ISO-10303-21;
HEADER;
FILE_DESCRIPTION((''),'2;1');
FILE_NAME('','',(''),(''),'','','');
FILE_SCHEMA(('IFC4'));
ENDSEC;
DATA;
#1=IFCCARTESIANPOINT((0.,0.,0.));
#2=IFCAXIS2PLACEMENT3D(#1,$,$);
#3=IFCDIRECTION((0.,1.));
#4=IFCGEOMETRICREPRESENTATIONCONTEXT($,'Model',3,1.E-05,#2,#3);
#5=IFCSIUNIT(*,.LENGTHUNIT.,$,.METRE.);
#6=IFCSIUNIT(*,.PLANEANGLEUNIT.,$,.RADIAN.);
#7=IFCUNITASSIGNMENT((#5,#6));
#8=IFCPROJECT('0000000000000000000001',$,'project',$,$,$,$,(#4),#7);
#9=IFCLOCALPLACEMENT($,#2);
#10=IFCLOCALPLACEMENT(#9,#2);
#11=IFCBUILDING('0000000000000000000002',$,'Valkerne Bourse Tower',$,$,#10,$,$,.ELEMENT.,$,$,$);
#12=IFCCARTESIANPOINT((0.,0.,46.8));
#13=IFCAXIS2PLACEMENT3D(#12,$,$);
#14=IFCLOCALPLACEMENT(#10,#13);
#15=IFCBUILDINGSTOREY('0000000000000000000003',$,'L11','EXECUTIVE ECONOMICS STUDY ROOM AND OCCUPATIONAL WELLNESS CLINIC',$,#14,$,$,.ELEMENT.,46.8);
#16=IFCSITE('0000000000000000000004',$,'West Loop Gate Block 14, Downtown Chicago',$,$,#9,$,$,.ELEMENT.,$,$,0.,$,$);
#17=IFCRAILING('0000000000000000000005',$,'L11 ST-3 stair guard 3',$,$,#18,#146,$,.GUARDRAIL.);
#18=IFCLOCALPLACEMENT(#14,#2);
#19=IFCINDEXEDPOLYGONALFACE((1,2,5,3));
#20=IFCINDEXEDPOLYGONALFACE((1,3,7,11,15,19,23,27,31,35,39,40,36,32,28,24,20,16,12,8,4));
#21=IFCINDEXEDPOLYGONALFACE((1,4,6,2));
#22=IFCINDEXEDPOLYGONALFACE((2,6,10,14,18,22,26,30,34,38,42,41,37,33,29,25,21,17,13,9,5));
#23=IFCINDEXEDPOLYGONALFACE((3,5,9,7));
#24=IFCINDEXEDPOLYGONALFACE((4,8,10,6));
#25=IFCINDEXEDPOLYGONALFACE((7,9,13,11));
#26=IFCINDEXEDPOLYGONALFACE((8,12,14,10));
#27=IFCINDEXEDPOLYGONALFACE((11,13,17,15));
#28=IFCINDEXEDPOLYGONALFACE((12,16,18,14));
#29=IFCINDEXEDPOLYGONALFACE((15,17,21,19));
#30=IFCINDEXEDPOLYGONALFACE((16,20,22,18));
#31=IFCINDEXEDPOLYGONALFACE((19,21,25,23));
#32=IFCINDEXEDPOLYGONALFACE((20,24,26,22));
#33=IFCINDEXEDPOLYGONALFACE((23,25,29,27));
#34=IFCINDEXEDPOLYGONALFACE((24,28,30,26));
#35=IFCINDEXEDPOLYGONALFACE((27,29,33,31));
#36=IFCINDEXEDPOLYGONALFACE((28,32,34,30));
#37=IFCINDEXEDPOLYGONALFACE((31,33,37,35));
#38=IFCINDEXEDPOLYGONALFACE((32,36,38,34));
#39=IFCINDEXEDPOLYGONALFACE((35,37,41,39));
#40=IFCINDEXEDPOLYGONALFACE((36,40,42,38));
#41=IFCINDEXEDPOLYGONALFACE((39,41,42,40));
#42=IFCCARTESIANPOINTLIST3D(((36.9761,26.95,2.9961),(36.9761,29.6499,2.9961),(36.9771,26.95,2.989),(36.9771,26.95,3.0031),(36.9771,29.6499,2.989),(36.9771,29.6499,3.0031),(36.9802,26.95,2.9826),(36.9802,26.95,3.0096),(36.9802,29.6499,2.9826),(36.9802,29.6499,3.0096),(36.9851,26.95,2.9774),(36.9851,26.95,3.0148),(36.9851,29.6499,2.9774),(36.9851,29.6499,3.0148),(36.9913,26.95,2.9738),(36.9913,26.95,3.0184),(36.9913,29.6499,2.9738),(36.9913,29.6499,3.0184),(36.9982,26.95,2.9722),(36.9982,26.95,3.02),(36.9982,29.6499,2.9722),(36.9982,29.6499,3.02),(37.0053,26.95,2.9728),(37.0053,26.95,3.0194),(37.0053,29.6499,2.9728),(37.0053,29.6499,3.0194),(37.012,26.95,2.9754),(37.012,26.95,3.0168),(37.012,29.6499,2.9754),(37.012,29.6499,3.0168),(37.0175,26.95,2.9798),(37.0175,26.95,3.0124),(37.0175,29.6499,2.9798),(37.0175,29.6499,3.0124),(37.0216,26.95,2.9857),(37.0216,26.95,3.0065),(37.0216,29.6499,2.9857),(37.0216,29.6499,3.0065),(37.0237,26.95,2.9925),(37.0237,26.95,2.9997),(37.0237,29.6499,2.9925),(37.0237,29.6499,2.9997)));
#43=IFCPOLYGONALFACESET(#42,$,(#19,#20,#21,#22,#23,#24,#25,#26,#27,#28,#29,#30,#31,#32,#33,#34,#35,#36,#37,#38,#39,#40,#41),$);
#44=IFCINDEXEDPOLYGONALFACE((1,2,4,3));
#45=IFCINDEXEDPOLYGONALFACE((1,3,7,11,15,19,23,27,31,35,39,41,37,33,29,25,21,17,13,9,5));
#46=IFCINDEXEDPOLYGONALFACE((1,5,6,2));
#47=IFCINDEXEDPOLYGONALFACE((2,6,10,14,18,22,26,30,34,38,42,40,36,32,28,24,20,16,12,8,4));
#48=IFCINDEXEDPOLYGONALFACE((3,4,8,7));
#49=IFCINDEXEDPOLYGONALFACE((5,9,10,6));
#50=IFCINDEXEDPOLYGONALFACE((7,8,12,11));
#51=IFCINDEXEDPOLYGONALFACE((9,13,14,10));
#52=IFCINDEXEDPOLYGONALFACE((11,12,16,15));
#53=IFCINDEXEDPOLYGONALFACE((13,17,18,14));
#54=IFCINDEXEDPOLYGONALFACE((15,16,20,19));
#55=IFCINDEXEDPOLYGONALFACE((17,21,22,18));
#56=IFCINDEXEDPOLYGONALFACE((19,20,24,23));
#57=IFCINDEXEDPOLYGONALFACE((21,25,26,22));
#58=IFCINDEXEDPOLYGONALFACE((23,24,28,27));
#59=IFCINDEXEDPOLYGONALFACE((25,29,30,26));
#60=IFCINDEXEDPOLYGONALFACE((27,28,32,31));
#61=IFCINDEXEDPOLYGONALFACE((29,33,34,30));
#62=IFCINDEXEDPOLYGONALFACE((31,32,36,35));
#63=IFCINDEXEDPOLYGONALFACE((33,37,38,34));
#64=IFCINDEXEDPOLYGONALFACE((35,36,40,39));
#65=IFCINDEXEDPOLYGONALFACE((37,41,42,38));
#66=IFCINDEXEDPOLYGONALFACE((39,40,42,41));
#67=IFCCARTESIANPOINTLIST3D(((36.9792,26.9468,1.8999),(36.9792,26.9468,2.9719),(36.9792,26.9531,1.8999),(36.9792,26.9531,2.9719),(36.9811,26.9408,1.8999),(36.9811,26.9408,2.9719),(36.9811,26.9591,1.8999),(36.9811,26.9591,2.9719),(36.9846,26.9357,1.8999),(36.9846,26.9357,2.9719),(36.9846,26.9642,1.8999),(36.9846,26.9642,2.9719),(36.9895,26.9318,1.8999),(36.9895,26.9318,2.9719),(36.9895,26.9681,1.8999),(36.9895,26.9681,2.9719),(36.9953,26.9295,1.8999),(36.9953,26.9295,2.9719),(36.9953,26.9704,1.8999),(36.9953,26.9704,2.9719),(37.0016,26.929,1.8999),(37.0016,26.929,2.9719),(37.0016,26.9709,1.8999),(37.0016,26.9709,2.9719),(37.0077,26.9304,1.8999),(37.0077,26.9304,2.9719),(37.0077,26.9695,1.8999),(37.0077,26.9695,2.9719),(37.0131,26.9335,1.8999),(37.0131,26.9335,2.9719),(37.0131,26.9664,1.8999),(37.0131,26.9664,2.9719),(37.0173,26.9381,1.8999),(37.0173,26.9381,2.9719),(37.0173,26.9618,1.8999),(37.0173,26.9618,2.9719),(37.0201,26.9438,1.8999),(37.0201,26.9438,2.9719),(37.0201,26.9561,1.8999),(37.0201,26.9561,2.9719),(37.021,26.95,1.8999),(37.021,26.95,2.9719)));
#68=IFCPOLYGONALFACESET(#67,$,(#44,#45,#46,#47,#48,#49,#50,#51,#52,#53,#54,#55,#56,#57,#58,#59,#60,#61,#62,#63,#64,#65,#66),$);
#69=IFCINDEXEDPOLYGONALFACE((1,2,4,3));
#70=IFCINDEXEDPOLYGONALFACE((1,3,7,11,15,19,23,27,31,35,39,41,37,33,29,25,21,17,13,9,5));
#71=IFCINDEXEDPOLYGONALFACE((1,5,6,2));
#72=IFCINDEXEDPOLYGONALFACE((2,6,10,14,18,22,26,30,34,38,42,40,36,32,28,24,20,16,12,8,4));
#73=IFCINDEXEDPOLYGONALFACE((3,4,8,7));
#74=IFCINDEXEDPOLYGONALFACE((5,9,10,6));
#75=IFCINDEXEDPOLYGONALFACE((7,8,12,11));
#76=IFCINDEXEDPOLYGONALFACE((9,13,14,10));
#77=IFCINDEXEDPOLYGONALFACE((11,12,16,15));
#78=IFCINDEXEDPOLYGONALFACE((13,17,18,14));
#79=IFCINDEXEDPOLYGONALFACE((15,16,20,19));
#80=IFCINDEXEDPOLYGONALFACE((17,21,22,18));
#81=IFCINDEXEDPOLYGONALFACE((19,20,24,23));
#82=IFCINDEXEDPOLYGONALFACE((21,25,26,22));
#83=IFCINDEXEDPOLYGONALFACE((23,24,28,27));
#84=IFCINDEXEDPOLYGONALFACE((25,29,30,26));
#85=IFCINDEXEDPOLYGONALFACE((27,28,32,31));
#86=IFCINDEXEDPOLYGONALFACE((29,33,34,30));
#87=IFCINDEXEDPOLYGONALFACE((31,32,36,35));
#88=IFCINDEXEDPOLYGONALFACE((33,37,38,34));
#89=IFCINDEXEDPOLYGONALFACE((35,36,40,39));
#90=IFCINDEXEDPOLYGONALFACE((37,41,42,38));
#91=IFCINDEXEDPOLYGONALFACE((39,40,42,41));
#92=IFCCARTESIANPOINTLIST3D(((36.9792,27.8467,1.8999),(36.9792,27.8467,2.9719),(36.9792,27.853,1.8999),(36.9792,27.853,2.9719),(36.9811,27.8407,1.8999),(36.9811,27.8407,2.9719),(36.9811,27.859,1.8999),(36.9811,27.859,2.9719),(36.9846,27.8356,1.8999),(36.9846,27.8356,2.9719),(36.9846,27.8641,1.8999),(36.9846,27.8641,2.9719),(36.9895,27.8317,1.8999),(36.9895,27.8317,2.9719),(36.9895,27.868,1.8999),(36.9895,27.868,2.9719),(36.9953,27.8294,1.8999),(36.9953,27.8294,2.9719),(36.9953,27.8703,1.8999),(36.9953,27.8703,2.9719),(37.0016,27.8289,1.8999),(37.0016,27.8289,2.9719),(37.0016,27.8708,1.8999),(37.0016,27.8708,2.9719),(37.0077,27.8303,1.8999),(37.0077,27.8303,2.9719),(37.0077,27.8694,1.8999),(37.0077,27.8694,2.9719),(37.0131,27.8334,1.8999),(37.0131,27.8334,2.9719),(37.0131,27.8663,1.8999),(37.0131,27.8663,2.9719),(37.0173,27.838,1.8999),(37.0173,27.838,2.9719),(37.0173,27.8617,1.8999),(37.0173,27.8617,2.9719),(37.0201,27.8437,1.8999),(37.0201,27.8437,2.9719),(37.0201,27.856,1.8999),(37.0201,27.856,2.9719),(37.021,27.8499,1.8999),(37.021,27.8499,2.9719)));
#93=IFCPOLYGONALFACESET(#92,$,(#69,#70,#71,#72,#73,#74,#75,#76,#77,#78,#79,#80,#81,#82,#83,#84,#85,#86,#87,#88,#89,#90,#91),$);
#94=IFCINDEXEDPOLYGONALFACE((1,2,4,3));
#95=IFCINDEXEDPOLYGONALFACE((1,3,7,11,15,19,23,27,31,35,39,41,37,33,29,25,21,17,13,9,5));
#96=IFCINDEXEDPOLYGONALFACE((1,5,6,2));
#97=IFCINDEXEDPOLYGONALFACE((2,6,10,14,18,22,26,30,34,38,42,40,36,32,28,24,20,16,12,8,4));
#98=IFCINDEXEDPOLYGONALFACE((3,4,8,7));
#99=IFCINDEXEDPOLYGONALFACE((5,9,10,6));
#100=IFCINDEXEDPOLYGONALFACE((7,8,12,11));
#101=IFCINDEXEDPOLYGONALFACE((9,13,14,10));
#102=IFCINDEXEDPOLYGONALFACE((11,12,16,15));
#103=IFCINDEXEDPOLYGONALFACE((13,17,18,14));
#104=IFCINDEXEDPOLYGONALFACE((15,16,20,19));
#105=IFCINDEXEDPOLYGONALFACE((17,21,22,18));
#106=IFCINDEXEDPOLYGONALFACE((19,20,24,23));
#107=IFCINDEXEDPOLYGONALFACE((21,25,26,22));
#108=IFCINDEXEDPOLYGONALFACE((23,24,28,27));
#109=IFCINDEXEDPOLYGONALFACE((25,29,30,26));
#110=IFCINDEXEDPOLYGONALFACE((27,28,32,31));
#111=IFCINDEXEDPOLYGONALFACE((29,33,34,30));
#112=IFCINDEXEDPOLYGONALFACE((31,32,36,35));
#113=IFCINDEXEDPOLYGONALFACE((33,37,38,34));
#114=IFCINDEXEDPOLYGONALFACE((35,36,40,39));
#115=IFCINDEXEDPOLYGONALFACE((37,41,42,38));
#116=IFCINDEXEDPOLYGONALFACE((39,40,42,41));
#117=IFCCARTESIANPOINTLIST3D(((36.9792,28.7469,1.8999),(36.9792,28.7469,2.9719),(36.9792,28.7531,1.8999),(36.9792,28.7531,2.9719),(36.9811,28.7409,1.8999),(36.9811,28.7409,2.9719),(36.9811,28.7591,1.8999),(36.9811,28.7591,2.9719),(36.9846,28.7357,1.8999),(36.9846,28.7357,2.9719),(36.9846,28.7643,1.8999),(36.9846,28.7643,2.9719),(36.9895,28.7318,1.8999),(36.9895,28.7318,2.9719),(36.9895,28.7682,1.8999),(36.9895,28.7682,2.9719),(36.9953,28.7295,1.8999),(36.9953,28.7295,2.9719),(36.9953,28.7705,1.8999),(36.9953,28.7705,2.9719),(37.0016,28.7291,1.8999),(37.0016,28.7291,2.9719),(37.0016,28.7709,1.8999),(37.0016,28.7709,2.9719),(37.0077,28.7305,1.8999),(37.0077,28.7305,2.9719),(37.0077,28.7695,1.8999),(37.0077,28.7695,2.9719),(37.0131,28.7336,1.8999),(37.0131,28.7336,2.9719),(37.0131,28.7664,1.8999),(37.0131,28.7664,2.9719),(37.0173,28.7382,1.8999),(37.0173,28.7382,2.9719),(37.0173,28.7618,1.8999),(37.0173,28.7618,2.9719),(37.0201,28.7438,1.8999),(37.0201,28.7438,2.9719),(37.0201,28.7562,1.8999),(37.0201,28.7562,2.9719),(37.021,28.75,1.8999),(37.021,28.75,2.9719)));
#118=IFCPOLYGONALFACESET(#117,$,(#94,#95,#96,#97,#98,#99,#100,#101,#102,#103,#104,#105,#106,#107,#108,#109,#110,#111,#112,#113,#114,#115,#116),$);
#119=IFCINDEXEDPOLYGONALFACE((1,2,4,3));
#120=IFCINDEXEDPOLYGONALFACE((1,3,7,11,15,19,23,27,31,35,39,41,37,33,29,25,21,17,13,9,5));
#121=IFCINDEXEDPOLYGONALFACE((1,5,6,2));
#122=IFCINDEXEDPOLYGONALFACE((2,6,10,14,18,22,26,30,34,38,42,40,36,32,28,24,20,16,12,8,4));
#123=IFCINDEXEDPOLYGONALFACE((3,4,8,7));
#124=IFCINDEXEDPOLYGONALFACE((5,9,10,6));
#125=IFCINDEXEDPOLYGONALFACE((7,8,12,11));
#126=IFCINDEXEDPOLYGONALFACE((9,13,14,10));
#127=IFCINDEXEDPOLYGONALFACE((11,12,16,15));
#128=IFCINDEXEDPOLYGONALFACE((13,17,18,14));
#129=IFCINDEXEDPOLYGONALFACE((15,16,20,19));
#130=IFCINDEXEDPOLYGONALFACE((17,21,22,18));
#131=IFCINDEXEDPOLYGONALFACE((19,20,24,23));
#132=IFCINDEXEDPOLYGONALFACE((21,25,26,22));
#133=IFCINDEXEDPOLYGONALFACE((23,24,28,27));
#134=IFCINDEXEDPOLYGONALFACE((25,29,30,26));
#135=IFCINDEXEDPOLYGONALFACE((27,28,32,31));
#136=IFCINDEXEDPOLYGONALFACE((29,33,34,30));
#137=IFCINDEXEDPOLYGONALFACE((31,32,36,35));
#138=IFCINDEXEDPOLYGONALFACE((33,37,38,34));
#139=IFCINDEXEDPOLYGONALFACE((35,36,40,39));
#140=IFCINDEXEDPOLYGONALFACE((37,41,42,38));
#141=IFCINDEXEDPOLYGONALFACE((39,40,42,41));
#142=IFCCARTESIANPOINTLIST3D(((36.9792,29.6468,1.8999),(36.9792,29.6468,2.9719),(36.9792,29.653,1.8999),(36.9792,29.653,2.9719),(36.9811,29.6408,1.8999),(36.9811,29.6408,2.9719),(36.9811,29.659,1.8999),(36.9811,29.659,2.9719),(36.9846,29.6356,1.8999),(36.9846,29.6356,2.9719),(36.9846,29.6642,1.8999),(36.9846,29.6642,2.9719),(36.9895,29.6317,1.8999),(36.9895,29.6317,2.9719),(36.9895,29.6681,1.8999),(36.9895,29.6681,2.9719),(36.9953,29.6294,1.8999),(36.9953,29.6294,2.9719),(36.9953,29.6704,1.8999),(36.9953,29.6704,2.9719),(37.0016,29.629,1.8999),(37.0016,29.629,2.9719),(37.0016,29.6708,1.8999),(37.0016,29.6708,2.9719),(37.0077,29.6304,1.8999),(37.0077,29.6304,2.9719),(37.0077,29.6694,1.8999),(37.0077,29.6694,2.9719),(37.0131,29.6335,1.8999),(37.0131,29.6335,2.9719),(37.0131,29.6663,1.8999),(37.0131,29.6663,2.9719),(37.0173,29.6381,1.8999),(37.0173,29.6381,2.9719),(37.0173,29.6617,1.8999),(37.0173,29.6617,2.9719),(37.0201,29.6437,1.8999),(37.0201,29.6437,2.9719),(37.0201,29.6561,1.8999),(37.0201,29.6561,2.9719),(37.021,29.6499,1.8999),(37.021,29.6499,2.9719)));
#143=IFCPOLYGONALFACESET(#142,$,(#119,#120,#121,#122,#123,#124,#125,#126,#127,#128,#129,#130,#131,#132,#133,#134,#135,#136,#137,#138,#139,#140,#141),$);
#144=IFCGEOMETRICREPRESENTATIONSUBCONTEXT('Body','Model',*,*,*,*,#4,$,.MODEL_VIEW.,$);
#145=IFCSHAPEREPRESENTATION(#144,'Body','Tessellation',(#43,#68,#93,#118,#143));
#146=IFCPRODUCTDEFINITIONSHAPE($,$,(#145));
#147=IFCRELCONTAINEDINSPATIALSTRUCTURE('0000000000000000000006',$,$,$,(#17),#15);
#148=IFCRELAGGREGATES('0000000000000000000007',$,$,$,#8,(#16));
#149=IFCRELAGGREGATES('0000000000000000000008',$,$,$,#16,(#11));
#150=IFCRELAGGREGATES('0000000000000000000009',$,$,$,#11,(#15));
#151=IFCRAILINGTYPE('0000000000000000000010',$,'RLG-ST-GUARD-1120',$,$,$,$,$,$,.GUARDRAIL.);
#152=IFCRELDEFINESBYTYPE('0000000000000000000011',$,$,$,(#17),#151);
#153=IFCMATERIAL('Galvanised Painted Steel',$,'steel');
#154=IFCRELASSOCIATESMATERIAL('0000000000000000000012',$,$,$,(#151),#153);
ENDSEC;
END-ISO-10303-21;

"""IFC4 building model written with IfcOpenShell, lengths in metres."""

from ifc_helpers import new_model, si_unit, direction, frame, origin, origin_2d, place, context, subcontext, project, spatial, circle, extrude, material, type_object, element, save


model = new_model("IFC4")

# Units and contexts
model_context = context("Model", 3, precision=1e-05, world=origin(), true_north=direction((0.0, 1.0)))
body_context = subcontext(model_context, "Body", "Model", "MODEL_VIEW")
ifc_project = project(units=[si_unit("LENGTHUNIT", "METRE"), si_unit("PLANEANGLEUNIT", "RADIAN")], contexts=[model_context])

# Site, building, storey
site_placement = place(None, origin())
site = spatial("IfcSite", under=ifc_project, at=site_placement, Name="West Loop Gate Block 14, Downtown Chicago", CompositionType="ELEMENT", RefElevation=0.0)
building_placement = place(site_placement, origin())
building = spatial("IfcBuilding", under=site, at=building_placement, Name="Valkerne Bourse Tower", CompositionType="ELEMENT")
storey_placement = place(building_placement, frame((0.0, 0.0, 46.8)))
storey = spatial("IfcBuildingStorey", under=building, at=storey_placement, Name="L11", Description="EXECUTIVE ECONOMICS STUDY ROOM AND OCCUPATIONAL WELLNESS CLINIC", CompositionType="ELEMENT", Elevation=46.8)

# Shared definitions
ifc_material_1 = material(Name="Galvanised Painted Steel", Category="steel")

# Railing
railing_type_1 = type_object("IfcRailingType", Name="RLG-ST-GUARD-1120", PredefinedType="GUARDRAIL", material=ifc_material_1)
for number, where, name in (
    (1, (37.0, 26.95, 1.8999), "L11 ST-3 stair guard 3"),
):
    element("IfcRailing", number, at=place(storey_placement, frame(where)), inside=storey, type_object=railing_type_1, Name=name, PredefinedType="GUARDRAIL", context=body_context, shape_type="SweptSolid", body=[
        extrude(circle(Radius=0.0239, at=origin_2d()), frame((0.0, 0.0, 1.0962), z_axis=(0.0, 1.0, 0.0), x_axis=(-1.0, 0.0, 0.0)), (0.0, 0.0, 1.0), 2.7),
        extrude(circle(Radius=0.021, at=origin_2d()), origin(), (0.0, 0.0, 1.0), 1.072),
        extrude(circle(Radius=0.021, at=origin_2d()), frame((0.0, 0.8999, 0.0)), (0.0, 0.0, 1.0), 1.072),
        extrude(circle(Radius=0.021, at=origin_2d()), frame((0.0, 1.8, 0.0)), (0.0, 0.0, 1.0), 1.072),
        extrude(circle(Radius=0.021, at=origin_2d()), frame((0.0, 2.7, 0.0)), (0.0, 0.0, 1.0), 1.072),
    ])

save(model, "model.ifc")
